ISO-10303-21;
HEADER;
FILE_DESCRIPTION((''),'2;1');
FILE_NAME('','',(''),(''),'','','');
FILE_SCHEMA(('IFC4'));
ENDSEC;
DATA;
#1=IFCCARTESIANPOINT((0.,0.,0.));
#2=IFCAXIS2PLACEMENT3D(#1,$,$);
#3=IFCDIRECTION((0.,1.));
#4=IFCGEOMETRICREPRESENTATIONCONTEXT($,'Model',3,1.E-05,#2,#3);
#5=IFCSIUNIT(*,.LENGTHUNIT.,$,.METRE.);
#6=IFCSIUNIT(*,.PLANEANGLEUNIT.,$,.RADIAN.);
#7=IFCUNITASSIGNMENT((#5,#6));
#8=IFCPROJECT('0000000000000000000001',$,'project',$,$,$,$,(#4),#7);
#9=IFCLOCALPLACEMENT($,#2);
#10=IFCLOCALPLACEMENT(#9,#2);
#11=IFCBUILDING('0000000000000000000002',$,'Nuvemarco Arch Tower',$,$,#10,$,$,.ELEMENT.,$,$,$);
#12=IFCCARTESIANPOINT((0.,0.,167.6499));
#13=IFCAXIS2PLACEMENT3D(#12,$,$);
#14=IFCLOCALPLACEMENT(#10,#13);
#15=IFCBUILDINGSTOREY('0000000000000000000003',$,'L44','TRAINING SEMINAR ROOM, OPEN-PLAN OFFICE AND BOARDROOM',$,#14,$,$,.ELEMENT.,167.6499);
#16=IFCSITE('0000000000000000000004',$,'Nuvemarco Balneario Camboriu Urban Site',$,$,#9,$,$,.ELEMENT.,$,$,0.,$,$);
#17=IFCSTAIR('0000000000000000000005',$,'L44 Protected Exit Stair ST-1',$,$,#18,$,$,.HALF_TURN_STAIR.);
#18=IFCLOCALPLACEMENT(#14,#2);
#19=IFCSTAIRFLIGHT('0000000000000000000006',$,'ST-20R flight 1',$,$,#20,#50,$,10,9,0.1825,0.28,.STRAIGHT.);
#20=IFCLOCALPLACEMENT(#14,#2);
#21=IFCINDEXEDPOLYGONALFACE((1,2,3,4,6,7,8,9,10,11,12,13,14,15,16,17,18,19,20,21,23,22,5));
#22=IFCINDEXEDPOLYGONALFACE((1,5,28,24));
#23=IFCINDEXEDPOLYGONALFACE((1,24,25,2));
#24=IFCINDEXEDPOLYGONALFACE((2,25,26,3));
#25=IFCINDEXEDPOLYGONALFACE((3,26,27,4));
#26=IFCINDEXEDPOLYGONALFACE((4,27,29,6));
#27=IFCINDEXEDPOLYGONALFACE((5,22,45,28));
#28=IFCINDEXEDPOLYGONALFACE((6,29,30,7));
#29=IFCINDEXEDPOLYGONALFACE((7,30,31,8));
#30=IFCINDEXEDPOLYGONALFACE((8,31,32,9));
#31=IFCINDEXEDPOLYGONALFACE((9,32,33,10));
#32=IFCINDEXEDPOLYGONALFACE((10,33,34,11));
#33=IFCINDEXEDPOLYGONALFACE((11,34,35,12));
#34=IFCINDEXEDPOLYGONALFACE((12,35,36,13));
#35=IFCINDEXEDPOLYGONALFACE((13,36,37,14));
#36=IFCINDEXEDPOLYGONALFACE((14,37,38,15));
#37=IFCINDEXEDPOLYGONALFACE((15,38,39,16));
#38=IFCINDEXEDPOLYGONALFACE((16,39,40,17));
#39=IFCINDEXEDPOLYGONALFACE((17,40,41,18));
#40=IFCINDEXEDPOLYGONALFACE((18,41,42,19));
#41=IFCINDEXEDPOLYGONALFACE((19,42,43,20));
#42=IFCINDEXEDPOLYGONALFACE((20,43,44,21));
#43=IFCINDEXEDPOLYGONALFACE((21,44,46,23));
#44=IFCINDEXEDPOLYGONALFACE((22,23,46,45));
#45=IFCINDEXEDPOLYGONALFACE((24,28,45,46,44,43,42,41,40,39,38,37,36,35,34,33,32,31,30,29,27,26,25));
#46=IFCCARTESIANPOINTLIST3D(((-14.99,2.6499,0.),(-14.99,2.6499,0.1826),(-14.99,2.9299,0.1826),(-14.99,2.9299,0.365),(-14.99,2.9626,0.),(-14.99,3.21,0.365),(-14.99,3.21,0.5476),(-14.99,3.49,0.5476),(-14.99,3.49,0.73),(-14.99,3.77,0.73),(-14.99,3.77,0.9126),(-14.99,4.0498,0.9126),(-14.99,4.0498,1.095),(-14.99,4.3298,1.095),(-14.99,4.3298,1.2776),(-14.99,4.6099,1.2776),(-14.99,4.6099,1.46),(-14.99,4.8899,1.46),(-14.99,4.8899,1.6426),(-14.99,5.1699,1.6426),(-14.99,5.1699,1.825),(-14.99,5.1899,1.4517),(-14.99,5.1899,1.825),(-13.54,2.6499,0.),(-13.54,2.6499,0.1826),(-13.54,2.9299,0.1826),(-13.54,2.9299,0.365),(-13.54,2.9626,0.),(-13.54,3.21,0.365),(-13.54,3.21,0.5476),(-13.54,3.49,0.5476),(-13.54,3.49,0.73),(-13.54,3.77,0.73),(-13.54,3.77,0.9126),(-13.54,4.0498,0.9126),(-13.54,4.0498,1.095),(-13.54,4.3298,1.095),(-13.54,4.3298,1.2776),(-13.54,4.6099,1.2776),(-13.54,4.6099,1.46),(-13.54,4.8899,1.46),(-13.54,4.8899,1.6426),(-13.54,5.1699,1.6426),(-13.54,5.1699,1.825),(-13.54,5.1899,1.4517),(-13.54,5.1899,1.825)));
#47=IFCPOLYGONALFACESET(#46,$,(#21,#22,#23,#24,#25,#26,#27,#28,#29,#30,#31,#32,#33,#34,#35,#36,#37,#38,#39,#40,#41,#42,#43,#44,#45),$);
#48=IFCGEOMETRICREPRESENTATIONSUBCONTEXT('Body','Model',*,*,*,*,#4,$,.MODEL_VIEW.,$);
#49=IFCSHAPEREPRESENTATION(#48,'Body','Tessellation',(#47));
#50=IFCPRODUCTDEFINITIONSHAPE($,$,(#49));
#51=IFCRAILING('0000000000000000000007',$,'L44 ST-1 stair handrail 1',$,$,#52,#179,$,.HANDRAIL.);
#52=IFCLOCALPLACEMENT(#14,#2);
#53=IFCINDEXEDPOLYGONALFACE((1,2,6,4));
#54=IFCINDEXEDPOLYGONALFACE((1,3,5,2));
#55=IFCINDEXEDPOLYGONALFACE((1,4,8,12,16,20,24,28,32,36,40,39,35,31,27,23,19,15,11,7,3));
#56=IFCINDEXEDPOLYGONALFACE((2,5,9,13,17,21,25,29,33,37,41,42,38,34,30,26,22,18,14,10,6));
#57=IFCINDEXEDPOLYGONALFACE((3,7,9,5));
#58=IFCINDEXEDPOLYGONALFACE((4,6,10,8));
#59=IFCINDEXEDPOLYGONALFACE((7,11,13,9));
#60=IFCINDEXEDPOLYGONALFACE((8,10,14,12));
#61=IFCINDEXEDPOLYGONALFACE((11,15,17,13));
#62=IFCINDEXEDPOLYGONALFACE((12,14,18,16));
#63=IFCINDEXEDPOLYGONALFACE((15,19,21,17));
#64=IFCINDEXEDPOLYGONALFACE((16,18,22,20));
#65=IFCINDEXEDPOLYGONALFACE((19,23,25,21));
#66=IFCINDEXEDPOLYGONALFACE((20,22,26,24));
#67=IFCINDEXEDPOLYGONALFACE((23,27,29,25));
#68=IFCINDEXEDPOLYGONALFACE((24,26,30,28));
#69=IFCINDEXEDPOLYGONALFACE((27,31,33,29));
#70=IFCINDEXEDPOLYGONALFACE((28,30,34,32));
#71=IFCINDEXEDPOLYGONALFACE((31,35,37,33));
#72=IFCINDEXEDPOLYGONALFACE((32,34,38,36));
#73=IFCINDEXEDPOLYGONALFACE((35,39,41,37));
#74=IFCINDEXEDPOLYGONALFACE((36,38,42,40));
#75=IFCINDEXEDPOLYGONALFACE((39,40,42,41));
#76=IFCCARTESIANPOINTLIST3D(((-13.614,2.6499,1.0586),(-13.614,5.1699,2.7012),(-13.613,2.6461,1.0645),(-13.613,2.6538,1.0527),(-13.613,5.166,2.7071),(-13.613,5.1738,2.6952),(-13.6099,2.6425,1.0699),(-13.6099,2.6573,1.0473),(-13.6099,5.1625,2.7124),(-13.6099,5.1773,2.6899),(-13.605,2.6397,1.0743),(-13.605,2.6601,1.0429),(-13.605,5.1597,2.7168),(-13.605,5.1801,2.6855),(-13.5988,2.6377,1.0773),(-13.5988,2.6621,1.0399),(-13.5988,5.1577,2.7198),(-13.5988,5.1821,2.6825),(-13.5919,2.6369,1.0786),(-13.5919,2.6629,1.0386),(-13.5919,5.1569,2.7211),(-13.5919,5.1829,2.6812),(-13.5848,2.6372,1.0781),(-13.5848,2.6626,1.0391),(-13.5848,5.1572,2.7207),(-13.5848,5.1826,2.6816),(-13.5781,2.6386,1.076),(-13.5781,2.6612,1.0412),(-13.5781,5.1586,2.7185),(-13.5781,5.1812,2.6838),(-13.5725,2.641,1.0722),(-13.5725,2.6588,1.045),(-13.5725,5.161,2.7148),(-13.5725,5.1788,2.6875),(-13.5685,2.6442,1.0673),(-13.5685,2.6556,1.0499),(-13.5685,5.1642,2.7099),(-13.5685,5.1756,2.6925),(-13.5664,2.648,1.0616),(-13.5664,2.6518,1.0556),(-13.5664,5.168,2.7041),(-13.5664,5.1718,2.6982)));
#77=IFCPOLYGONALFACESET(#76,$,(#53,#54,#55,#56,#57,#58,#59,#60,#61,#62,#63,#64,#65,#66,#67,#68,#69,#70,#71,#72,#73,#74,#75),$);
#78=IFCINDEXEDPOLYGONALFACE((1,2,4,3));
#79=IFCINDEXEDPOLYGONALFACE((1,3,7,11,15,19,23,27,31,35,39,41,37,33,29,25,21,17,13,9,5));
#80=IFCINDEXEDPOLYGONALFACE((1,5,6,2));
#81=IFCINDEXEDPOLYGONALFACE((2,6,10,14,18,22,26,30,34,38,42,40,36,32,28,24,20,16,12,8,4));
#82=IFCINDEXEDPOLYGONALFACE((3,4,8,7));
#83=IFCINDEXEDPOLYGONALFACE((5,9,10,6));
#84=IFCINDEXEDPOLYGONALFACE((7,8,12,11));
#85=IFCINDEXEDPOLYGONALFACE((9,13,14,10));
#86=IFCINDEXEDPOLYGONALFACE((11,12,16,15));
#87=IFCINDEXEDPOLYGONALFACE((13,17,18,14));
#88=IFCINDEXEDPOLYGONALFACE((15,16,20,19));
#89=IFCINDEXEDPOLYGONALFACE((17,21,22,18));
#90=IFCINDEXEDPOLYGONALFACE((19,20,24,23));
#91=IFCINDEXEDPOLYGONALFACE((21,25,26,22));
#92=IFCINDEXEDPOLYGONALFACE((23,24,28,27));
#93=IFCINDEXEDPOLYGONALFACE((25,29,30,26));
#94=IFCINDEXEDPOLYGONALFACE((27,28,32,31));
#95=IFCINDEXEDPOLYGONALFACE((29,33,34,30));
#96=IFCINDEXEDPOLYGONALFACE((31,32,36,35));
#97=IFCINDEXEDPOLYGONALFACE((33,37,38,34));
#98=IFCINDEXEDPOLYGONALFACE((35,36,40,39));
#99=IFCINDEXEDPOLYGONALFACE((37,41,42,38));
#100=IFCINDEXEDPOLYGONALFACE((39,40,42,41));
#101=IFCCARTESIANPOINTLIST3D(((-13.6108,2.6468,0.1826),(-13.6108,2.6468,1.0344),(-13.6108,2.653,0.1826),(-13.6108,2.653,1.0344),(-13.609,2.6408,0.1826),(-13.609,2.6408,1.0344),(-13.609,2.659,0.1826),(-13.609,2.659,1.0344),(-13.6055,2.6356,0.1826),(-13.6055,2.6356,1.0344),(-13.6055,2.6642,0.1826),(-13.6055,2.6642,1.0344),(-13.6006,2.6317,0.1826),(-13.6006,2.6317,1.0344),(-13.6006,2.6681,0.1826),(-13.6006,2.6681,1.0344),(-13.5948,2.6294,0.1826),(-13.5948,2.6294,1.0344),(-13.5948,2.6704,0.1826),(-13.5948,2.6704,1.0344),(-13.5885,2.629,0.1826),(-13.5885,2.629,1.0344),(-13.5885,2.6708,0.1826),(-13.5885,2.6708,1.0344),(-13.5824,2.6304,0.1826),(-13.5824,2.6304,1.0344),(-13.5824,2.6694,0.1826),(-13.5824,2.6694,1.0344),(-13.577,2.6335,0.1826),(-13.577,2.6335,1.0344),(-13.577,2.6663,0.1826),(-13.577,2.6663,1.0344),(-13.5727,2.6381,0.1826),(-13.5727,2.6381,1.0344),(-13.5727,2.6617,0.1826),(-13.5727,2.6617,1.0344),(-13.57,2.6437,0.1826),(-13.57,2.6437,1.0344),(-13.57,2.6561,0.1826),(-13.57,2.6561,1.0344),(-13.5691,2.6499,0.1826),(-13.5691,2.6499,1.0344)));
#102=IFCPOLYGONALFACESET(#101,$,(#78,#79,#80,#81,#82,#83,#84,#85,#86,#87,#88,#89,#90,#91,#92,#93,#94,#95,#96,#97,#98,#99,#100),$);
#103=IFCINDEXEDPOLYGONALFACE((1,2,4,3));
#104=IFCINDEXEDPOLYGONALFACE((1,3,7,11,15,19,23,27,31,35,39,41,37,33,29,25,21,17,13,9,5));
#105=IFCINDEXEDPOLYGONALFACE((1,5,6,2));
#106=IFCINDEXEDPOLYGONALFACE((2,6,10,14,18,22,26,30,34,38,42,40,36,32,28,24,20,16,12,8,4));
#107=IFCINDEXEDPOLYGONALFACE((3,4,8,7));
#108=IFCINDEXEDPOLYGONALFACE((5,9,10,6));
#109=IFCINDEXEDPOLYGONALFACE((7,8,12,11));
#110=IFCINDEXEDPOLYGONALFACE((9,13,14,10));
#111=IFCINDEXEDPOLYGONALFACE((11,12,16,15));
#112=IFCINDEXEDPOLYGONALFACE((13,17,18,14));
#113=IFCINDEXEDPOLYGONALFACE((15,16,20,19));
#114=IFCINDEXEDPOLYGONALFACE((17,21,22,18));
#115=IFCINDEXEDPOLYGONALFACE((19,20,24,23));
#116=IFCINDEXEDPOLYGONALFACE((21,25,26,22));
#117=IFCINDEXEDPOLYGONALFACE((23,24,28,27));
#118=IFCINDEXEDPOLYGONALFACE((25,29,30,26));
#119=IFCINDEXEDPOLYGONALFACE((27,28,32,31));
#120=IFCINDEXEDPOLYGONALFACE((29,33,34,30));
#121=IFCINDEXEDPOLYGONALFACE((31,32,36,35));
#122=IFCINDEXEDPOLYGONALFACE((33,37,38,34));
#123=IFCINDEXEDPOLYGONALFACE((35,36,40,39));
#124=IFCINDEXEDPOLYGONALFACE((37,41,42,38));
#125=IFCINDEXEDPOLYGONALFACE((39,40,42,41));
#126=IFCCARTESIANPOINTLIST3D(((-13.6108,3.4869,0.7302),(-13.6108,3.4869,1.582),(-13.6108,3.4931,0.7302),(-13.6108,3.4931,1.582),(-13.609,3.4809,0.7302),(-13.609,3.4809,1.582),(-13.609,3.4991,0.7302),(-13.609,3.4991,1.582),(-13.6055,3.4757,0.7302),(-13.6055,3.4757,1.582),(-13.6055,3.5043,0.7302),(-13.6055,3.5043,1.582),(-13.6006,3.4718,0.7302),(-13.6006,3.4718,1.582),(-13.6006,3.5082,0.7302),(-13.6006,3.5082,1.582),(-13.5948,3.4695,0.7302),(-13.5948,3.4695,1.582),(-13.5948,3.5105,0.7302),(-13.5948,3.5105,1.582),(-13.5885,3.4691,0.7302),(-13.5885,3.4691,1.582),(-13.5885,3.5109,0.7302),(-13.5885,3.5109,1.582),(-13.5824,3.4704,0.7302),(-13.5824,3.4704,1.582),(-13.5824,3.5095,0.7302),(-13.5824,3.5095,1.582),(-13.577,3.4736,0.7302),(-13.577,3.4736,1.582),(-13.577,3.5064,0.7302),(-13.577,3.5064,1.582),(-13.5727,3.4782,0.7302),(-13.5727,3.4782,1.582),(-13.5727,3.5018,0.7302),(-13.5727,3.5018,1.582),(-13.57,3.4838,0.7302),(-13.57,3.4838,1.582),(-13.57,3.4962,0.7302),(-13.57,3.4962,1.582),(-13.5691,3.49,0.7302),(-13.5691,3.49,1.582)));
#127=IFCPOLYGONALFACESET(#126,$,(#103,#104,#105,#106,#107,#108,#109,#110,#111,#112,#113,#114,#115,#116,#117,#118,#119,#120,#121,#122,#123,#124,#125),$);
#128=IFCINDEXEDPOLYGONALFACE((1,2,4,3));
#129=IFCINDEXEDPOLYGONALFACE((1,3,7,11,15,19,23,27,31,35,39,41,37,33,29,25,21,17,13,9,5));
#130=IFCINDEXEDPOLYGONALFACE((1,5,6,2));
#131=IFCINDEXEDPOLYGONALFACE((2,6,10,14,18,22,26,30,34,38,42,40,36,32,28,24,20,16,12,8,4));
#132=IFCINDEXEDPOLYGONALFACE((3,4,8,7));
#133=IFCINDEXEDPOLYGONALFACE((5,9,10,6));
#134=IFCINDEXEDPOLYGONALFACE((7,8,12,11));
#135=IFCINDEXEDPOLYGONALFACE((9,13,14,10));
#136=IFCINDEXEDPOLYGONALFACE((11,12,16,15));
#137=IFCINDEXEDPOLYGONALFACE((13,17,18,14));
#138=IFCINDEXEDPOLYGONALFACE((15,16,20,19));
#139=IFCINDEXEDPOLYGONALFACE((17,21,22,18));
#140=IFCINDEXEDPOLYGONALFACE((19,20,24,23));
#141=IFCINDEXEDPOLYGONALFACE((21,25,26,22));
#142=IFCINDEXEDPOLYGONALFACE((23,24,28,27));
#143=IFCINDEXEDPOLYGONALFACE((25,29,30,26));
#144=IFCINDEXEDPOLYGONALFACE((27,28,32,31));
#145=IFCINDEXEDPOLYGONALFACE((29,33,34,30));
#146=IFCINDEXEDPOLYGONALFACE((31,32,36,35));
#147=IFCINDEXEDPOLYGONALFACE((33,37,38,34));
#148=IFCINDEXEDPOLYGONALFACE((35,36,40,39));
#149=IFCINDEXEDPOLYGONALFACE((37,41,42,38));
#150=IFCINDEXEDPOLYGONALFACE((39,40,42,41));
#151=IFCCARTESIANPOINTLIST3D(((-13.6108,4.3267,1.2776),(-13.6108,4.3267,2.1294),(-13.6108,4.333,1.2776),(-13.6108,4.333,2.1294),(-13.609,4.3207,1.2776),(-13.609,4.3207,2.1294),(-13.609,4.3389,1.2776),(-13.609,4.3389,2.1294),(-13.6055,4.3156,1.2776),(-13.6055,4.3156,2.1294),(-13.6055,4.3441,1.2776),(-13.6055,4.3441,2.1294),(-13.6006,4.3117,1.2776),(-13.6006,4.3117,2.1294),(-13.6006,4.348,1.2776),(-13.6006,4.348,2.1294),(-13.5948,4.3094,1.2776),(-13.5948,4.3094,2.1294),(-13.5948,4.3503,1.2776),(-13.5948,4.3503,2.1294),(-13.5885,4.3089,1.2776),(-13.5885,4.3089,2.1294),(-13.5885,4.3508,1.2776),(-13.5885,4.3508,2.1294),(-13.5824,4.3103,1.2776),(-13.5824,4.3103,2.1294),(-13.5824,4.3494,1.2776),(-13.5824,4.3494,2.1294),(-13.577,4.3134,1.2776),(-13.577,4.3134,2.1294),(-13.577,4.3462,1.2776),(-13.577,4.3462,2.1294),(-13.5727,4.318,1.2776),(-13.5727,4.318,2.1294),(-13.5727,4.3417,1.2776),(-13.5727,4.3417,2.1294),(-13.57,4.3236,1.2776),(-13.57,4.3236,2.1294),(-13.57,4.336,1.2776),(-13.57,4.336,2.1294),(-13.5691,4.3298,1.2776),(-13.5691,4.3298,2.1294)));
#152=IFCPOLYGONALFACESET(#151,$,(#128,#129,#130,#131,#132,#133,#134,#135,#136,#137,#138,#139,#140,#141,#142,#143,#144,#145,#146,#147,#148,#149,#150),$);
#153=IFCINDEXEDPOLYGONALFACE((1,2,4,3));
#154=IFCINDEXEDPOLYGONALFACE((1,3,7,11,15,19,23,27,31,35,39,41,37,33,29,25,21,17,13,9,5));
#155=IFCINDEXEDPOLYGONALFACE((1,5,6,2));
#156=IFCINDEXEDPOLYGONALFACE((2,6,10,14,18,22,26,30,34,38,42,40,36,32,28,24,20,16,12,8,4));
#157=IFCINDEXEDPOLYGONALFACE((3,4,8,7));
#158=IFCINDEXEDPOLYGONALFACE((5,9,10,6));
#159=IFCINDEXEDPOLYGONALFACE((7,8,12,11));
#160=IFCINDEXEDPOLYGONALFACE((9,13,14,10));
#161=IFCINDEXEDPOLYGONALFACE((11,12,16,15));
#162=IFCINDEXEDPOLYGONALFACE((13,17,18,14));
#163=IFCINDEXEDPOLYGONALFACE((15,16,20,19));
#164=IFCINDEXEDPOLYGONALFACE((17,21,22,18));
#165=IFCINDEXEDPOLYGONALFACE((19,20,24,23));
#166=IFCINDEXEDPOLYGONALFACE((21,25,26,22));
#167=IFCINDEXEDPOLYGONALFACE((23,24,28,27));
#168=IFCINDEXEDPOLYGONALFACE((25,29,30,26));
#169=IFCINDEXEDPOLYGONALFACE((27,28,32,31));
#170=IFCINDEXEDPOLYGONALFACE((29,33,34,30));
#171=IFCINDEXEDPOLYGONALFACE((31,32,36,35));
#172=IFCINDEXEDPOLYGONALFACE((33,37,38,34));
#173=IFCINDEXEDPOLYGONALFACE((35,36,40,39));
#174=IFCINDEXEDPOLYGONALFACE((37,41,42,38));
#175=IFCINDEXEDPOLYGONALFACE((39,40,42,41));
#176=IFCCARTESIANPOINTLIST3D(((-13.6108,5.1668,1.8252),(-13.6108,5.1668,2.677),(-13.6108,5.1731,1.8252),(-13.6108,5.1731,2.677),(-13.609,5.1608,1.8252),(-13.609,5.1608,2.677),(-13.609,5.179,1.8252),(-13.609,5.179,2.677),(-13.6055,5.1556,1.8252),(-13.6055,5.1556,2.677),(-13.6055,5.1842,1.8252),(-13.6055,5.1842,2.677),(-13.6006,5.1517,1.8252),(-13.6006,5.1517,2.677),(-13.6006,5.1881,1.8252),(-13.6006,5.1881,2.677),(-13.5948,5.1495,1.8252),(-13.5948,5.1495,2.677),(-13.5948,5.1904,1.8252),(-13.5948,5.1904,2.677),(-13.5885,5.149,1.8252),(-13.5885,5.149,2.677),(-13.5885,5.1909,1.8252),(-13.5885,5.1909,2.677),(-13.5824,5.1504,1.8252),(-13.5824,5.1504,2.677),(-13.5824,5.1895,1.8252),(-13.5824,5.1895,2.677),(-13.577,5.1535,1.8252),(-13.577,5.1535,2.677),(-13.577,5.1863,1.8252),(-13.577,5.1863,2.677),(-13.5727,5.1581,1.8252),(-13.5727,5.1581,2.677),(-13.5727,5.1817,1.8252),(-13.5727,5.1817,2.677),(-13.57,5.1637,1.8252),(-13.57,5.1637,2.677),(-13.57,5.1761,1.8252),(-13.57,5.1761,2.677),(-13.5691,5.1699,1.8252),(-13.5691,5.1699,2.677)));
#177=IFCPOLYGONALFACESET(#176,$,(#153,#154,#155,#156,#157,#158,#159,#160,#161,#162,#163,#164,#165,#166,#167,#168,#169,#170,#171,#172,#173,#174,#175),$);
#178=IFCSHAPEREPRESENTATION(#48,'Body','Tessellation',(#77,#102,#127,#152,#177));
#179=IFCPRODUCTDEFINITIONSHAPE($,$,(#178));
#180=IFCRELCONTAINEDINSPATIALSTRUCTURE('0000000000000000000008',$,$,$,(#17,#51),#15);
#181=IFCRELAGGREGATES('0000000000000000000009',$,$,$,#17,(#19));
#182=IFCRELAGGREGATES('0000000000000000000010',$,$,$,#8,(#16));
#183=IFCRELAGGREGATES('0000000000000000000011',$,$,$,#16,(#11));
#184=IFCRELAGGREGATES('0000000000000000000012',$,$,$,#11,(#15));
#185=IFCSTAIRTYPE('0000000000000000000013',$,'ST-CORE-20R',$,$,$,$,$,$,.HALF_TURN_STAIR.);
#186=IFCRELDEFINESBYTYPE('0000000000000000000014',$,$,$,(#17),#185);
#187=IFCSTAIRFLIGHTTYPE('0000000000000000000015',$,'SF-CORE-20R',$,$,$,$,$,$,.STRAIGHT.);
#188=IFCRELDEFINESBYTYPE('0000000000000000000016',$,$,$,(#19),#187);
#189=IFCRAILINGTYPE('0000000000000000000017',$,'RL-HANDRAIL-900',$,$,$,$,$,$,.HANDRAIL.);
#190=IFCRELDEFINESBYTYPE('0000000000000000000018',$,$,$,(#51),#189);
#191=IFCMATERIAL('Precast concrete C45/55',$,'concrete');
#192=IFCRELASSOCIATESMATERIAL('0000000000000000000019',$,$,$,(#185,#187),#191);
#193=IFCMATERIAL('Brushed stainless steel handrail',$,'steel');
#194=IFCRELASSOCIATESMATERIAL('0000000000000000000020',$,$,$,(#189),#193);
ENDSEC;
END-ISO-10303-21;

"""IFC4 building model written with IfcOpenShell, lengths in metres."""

from ifc_helpers import new_model, si_unit, direction, frame, origin, origin_2d, place, context, subcontext, project, spatial, polyline, circle, outline, extrude, material, type_object, element, aggregate, save


model = new_model("IFC4")

# Units and contexts
model_context = context("Model", 3, precision=1e-05, world=origin(), true_north=direction((0.0, 1.0)))
body_context = subcontext(model_context, "Body", "Model", "MODEL_VIEW")
ifc_project = project(units=[si_unit("LENGTHUNIT", "METRE"), si_unit("PLANEANGLEUNIT", "RADIAN")], contexts=[model_context])

# Site, building, storey
site_placement = place(None, origin())
site = spatial("IfcSite", under=ifc_project, at=site_placement, Name="Nuvemarco Balneario Camboriu Urban Site", CompositionType="ELEMENT", RefElevation=0.0)
building_placement = place(site_placement, origin())
building = spatial("IfcBuilding", under=site, at=building_placement, Name="Nuvemarco Arch Tower", CompositionType="ELEMENT")
storey_placement = place(building_placement, frame((0.0, 0.0, 167.6499)))
storey = spatial("IfcBuildingStorey", under=building, at=storey_placement, Name="L44", Description="TRAINING SEMINAR ROOM, OPEN-PLAN OFFICE AND BOARDROOM", CompositionType="ELEMENT", Elevation=167.6499)

# Shared definitions
ifc_material_1 = material(Name="Precast concrete C45/55", Category="concrete")

# Stair, stair flight
stair_type = type_object("IfcStairType", Name="ST-CORE-20R", PredefinedType="HALF_TURN_STAIR", material=ifc_material_1)
stair_placement = place(storey_placement, origin())
stair = element("IfcStair", 1, at=stair_placement, inside=storey, type_object=stair_type, Name="L44 Protected Exit Stair ST-1", PredefinedType="HALF_TURN_STAIR")
stair_flight_type = type_object("IfcStairFlightType", Name="SF-CORE-20R", PredefinedType="STRAIGHT", material=ifc_material_1)
stair_flight_placement = place(storey_placement, frame((-14.2649, 2.6499, 0.0), z_axis=(0.0, 0.0, 1.0), x_axis=(0.0, 1.0, 0.0)))
stair_flight = element("IfcStairFlight", 2, at=stair_flight_placement, type_object=stair_flight_type, Name="ST-20R flight 1", NumberOfRisers=10, NumberOfTreads=9, PredefinedType="STRAIGHT", RiserHeight=0.1825, TreadLength=0.28, context=body_context, shape_type="SweptSolid", body=[
    extrude(outline(polyline([(0.0, 0.0), (0.0, 0.1826), (0.28, 0.1826), (0.28, 0.365), (0.5601, 0.365), (0.5601, 0.5476), (0.8401, 0.5476), (0.8401, 0.73), (1.1201, 0.73), (1.1201, 0.9126), (1.3999, 0.9126), (1.3999, 1.095), (1.6799, 1.095), (1.6799, 1.2776), (1.96, 1.2776), (1.96, 1.46), (2.24, 1.46), (2.24, 1.6426), (2.52, 1.6426), (2.52, 1.825), (2.54, 1.825), (2.54, 1.4517), (0.3127, 0.0), (0.0, 0.0)])), frame((0.0, 0.7251, 0.0), z_axis=(0.0, -1.0, 0.0), x_axis=(1.0, 0.0, 0.0)), (0.0, 0.0, 1.0), 1.45),
])
aggregate(stair, [stair_flight])

# Railing
ifc_material_2 = material(Name="Brushed stainless steel handrail", Category="steel")
railing_type_1 = type_object("IfcRailingType", Name="RL-HANDRAIL-900", PredefinedType="HANDRAIL", material=ifc_material_2)
railing_1_placement = place(storey_placement, frame((-13.5901, 2.6499, 0.1826)))
element("IfcRailing", 3, at=railing_1_placement, inside=storey, type_object=railing_type_1, Name="L44 ST-1 stair handrail 1", PredefinedType="HANDRAIL", context=body_context, shape_type="SweptSolid", body=[
    extrude(circle(Radius=0.0239, at=origin_2d()), frame((0.0, 0.0, 0.876), z_axis=(0.0, 0.837749, 0.546055), x_axis=(-1.0, 0.0, 0.0)), (0.0, 0.0, 1.0), 3.0081),
    extrude(circle(Radius=0.021, at=origin_2d()), origin(), (0.0, 0.0, 1.0), 0.8518),
    extrude(circle(Radius=0.021, at=origin_2d()), frame((0.0, 0.8401, 0.5476)), (0.0, 0.0, 1.0), 0.8518),
    extrude(circle(Radius=0.021, at=origin_2d()), frame((0.0, 1.6799, 1.095)), (0.0, 0.0, 1.0), 0.8518),
    extrude(circle(Radius=0.021, at=origin_2d()), frame((0.0, 2.52, 1.6426)), (0.0, 0.0, 1.0), 0.8518),
])

save(model, "model.ifc")
